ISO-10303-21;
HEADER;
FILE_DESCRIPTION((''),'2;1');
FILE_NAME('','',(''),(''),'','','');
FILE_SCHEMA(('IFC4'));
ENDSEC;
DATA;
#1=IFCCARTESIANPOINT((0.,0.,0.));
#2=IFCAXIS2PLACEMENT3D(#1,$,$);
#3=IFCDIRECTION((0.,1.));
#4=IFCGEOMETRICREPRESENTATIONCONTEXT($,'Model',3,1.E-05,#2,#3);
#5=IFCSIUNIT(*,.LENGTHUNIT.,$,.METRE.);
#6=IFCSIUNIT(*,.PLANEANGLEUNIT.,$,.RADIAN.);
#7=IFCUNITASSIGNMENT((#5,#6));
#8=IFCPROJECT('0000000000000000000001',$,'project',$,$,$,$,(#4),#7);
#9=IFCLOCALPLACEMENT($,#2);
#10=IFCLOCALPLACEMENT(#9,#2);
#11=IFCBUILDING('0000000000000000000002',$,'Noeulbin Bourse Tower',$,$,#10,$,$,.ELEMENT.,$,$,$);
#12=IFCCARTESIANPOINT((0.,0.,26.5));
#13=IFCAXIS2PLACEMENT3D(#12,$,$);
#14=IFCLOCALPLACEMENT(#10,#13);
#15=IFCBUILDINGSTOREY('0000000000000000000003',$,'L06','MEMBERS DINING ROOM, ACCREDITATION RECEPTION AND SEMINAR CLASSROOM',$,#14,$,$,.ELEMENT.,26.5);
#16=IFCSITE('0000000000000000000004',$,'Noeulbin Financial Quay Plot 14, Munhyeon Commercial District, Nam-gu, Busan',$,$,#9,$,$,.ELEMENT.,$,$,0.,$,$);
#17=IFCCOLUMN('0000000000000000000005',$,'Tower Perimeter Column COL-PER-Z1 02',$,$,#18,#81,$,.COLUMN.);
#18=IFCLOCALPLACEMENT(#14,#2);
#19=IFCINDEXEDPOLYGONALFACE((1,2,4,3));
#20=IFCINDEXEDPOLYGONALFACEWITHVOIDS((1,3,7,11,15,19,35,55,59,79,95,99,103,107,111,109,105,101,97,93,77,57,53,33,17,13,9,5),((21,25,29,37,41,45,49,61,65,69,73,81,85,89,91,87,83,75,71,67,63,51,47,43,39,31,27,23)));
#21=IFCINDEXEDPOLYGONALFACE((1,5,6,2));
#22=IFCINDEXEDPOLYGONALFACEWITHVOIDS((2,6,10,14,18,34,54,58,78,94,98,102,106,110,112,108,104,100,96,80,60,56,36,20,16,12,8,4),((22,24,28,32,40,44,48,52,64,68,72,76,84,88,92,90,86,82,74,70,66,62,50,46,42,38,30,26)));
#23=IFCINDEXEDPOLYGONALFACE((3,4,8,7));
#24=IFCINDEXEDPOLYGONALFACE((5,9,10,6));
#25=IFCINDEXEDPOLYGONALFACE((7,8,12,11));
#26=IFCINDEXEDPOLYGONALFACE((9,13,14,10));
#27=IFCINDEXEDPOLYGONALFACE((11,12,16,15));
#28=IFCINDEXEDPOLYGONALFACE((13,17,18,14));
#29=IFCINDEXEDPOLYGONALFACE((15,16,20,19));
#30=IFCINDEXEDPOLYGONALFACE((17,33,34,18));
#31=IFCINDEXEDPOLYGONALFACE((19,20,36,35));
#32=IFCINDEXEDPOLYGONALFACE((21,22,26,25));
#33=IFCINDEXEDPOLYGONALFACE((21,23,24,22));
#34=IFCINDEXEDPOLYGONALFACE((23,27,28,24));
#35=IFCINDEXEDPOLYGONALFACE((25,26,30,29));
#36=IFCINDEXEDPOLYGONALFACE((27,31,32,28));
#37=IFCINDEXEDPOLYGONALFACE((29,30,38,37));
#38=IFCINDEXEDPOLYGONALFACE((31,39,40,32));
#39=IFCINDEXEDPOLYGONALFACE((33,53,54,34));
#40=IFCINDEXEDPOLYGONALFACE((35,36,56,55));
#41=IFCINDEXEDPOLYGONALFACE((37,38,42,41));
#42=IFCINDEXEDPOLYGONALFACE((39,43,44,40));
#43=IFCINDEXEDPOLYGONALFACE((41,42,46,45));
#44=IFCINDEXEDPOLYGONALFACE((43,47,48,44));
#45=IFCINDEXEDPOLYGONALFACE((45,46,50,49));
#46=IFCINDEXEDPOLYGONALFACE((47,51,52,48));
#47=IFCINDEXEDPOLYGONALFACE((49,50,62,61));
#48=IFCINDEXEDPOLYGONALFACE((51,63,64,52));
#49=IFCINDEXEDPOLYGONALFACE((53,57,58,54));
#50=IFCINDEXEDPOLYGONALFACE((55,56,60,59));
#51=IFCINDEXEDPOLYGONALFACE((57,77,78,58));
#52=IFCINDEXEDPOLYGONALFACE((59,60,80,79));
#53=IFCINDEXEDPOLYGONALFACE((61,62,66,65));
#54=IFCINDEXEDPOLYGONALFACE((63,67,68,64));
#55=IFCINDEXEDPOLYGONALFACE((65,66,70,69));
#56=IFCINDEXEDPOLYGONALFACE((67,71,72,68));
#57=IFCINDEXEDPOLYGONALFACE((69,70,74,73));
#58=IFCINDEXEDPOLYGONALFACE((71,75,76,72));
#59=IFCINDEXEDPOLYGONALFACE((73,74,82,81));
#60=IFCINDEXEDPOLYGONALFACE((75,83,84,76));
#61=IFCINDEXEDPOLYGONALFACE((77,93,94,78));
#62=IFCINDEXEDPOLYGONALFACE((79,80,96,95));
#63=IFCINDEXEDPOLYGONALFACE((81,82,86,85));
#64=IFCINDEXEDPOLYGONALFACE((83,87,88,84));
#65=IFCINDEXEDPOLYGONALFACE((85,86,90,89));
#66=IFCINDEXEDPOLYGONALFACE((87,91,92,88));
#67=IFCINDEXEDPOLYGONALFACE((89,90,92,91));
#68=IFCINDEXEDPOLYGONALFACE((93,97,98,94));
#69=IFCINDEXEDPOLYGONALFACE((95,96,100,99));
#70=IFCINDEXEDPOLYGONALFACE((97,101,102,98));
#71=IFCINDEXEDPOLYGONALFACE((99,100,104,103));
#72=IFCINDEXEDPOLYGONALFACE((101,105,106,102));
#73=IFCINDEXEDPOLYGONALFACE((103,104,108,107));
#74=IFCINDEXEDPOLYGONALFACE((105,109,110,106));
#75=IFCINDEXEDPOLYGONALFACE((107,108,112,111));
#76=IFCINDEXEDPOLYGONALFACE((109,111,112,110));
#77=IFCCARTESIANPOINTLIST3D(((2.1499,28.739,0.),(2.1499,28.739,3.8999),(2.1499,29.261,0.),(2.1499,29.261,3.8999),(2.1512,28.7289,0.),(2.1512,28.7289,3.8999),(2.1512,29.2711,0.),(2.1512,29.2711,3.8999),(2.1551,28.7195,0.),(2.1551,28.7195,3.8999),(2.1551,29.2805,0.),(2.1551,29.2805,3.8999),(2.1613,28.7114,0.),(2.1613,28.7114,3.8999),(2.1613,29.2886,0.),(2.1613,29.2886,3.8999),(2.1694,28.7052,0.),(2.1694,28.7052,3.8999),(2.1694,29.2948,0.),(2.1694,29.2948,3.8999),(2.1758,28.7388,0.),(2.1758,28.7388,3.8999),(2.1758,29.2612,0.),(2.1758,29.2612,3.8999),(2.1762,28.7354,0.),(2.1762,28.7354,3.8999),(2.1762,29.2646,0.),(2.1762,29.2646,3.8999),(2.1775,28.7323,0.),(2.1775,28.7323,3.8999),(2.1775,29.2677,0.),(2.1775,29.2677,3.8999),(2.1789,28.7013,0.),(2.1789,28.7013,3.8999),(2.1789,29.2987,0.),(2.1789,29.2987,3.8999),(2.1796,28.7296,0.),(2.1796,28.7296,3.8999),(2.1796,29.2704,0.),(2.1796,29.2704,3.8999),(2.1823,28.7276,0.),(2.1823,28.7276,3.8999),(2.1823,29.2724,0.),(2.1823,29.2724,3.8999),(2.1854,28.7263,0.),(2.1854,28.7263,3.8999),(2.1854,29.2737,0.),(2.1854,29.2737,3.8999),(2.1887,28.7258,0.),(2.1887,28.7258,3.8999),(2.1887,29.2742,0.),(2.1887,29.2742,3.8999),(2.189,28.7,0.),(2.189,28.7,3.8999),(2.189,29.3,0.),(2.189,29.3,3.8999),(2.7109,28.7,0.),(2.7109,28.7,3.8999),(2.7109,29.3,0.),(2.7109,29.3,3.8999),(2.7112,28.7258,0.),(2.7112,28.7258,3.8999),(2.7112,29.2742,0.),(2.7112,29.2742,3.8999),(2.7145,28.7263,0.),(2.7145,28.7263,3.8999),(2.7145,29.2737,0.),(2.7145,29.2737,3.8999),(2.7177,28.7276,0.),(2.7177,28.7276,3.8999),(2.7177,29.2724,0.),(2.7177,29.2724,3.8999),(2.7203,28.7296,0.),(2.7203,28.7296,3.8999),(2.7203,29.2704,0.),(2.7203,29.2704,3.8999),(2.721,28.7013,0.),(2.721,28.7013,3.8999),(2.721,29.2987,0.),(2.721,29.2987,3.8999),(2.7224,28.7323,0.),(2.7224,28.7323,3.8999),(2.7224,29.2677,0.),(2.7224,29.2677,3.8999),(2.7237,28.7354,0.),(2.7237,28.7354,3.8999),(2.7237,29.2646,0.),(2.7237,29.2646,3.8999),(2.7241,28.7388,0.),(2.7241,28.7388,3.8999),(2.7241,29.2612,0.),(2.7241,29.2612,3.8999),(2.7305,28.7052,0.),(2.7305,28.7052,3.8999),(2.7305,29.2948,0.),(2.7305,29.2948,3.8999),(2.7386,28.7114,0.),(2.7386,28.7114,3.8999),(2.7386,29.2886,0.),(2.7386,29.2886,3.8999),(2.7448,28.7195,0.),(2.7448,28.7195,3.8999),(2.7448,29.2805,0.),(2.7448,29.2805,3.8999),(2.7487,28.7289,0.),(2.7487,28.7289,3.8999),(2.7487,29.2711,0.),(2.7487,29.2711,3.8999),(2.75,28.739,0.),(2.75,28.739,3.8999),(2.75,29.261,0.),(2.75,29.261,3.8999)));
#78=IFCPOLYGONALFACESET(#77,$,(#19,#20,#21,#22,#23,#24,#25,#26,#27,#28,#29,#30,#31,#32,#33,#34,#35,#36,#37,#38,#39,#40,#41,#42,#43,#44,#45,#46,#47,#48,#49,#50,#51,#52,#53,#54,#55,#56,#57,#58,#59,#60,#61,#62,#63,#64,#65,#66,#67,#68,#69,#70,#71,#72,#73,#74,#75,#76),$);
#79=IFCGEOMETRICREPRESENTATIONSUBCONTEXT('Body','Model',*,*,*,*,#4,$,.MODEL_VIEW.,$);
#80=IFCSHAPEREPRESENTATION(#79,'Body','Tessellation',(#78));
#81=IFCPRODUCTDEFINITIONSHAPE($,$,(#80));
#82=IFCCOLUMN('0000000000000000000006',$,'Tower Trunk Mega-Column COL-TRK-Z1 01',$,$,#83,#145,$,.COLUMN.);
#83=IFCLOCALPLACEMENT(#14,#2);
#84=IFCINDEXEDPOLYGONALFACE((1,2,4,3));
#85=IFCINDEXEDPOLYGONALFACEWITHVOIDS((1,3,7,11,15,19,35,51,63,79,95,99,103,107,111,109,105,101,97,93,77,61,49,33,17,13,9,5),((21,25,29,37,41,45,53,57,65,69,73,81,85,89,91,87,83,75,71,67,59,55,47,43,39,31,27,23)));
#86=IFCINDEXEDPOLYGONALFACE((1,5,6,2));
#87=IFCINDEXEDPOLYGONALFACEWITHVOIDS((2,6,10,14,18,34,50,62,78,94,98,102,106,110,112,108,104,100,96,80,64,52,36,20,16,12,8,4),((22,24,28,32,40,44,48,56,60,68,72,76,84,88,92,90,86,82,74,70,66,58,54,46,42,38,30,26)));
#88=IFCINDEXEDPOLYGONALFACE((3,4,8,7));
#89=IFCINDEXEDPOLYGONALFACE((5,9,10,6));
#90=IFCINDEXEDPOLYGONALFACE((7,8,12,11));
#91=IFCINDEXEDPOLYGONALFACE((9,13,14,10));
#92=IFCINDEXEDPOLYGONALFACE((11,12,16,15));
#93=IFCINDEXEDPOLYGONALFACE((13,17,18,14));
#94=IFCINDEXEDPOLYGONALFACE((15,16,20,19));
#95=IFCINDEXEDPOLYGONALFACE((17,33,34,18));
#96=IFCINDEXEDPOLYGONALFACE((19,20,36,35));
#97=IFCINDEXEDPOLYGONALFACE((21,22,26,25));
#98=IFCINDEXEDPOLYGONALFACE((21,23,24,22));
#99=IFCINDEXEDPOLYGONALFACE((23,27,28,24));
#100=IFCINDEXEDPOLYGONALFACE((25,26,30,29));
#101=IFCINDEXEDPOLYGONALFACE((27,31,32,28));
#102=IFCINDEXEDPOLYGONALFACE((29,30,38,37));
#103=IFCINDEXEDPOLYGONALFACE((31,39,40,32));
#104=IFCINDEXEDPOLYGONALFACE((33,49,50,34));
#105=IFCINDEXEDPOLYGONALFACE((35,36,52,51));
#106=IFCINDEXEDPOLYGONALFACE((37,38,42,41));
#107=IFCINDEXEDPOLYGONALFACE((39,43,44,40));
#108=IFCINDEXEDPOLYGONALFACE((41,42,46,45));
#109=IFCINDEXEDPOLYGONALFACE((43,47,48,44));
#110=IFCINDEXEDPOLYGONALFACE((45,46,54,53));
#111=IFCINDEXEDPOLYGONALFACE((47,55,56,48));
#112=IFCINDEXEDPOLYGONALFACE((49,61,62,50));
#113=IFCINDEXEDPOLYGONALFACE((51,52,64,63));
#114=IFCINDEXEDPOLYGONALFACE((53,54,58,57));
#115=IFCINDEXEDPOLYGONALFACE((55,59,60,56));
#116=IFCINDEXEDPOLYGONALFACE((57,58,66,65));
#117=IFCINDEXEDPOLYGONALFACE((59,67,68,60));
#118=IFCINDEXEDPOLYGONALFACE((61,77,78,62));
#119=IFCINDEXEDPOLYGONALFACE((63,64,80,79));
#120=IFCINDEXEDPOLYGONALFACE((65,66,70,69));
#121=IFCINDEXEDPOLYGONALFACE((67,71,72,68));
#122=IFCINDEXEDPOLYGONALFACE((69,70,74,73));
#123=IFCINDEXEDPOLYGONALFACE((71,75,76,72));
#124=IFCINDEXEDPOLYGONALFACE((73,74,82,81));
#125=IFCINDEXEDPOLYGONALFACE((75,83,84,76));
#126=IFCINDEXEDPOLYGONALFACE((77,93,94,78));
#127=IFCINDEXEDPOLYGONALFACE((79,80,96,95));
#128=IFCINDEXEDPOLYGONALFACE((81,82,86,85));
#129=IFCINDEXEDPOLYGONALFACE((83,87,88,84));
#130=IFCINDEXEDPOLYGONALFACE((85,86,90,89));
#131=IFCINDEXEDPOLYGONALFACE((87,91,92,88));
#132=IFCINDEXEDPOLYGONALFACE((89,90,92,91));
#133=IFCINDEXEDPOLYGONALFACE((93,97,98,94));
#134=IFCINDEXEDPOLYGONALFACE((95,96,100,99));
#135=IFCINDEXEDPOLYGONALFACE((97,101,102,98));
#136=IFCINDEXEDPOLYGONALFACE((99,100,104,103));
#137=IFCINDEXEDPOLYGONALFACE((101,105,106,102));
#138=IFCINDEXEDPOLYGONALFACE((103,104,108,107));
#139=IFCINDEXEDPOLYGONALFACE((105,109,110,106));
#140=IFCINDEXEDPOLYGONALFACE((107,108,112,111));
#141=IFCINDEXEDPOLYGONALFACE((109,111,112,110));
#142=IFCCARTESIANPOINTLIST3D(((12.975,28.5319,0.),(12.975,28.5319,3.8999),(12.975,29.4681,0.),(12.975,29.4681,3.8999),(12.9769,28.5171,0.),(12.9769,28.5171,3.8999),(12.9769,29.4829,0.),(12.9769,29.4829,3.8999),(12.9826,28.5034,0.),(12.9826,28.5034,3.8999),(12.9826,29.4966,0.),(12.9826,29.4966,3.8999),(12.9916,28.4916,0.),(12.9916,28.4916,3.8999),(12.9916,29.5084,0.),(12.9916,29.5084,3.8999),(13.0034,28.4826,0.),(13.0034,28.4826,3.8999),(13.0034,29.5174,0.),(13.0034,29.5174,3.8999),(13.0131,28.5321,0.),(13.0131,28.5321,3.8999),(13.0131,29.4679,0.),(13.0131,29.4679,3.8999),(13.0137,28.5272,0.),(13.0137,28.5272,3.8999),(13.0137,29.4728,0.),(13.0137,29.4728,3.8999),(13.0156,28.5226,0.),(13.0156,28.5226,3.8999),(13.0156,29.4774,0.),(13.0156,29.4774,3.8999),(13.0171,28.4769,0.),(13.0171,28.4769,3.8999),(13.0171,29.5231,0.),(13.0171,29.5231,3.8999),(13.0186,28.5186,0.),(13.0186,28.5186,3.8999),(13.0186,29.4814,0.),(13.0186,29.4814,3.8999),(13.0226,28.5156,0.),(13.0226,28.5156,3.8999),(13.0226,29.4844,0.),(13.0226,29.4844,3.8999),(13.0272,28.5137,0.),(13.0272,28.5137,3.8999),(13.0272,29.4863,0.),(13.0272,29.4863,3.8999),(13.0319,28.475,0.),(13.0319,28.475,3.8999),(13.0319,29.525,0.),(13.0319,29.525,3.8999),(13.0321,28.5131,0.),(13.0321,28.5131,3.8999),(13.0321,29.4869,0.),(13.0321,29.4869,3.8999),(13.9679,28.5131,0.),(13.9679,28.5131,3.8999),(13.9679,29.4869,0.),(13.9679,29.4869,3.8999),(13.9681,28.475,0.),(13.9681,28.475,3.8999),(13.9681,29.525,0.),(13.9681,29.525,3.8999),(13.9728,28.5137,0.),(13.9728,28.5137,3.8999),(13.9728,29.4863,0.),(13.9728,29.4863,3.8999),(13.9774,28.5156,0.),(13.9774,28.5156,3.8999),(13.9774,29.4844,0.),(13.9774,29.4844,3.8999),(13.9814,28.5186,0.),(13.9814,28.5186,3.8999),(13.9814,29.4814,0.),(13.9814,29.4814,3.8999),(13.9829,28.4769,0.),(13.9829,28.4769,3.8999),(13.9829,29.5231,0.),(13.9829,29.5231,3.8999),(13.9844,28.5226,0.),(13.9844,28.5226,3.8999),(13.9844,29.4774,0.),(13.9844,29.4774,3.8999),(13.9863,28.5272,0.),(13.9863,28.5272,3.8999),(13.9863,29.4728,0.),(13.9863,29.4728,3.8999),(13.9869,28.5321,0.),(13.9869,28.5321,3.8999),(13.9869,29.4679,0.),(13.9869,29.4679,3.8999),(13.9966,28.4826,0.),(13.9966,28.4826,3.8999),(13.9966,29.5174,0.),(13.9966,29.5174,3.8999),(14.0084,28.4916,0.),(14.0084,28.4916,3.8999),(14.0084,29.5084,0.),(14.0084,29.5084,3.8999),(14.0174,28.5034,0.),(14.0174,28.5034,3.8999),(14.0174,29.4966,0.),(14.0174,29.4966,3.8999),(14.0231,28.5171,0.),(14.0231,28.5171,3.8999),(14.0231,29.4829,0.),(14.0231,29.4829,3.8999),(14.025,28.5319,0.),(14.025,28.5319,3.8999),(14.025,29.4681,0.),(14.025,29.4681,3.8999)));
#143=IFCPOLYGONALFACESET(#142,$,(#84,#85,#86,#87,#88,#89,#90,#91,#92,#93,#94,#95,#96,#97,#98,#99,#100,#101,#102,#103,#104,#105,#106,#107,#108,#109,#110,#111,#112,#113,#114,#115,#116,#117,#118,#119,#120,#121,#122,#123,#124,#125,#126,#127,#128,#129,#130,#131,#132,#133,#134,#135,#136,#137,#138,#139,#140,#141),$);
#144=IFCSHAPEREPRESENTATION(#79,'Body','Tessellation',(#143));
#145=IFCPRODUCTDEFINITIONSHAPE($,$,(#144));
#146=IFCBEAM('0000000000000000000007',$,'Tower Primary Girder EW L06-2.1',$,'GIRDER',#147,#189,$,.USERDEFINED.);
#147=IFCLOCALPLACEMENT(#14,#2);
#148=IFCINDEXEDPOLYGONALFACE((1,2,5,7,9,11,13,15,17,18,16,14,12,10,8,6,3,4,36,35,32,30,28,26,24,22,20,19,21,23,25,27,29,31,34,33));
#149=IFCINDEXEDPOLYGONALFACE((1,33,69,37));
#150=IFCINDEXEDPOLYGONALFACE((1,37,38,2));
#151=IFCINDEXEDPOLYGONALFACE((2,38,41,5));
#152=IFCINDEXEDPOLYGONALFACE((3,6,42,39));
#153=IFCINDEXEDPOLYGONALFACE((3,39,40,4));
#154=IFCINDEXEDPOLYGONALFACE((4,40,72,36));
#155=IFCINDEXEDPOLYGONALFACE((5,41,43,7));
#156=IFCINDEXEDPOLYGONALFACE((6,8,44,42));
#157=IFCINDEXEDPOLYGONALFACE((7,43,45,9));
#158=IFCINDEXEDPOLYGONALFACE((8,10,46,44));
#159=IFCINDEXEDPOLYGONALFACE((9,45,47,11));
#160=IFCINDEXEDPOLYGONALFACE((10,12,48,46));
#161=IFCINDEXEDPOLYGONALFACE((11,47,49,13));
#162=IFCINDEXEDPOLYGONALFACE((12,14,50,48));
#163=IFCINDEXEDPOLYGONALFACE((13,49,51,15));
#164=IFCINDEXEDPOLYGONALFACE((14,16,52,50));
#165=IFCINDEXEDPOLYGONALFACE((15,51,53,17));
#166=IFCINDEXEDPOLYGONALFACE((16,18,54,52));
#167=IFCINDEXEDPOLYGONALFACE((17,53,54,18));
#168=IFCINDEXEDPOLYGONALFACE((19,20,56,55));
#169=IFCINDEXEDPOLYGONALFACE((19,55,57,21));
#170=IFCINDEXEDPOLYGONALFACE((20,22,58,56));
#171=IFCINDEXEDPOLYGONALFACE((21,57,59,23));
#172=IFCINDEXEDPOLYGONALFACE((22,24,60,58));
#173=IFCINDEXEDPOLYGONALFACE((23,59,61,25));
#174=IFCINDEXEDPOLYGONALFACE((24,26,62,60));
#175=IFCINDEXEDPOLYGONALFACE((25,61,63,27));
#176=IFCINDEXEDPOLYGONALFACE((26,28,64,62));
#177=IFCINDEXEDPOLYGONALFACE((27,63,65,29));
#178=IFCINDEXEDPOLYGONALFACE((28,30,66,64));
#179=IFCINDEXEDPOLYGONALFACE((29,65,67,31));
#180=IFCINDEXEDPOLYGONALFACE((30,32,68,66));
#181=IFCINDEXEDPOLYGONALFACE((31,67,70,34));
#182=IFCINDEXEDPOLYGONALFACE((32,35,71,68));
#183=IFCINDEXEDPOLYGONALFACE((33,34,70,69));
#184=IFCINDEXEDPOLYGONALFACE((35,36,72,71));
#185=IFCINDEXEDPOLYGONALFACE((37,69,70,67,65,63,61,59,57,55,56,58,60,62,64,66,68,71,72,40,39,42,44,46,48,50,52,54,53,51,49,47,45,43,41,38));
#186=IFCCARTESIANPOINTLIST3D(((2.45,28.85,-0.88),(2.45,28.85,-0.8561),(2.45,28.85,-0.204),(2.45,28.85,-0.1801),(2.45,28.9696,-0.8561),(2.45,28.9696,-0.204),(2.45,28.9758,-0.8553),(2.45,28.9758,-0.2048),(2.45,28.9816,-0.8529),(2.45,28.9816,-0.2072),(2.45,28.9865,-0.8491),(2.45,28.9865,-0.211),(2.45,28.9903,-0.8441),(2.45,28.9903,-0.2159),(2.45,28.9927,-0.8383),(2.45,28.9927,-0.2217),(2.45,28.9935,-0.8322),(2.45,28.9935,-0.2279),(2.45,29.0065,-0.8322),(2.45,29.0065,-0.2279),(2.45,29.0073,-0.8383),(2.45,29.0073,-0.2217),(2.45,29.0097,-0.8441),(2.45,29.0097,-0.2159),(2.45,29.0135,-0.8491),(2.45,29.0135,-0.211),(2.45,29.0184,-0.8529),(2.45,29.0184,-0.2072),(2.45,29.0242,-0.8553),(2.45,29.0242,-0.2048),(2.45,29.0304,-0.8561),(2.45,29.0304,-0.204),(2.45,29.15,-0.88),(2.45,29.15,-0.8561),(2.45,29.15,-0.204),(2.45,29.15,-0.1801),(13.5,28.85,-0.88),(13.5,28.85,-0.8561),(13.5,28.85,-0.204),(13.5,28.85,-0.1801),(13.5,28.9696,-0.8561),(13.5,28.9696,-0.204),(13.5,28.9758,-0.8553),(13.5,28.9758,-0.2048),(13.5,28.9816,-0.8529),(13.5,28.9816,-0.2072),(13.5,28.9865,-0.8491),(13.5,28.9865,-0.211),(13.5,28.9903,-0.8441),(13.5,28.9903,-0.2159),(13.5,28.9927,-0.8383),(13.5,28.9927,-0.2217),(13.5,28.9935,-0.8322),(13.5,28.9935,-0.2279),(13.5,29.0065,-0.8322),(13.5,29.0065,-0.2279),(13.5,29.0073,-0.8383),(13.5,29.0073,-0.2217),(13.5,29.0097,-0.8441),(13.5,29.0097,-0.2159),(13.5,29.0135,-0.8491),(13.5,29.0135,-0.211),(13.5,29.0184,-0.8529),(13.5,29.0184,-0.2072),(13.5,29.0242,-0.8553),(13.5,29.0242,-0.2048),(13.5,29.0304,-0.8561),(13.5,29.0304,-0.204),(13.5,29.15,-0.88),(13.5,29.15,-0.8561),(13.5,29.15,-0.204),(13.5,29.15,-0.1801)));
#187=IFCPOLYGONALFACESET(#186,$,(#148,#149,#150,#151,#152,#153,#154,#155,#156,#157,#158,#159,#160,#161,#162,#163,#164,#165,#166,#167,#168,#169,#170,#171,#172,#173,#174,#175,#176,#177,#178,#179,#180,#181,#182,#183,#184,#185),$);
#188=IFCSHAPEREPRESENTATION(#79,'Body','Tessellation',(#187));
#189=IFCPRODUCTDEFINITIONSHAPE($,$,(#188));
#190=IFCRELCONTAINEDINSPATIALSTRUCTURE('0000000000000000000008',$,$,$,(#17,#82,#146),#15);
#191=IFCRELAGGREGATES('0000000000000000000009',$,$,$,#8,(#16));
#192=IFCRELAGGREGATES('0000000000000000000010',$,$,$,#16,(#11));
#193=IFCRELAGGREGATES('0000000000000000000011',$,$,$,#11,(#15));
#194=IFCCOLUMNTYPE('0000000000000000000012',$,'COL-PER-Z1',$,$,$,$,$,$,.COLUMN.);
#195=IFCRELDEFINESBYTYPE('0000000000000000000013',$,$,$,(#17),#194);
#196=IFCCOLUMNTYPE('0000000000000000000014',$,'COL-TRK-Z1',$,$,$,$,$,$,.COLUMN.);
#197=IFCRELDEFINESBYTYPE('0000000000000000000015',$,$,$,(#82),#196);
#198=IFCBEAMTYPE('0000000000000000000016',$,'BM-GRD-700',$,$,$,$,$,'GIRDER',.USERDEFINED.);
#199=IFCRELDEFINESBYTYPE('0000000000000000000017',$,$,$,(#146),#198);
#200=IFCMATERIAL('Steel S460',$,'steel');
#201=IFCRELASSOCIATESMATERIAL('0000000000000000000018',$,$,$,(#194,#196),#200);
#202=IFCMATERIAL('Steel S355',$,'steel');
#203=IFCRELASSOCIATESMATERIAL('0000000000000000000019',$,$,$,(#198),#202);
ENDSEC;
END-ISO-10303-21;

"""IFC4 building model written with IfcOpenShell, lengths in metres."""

from ifc_helpers import new_model, si_unit, direction, frame, origin, origin_2d, place, context, subcontext, project, spatial, hollow_rectangle, i_section, extrude, material, material_profile, profile_set, type_object, element, save


model = new_model("IFC4")

# Units and contexts
model_context = context("Model", 3, precision=1e-05, world=origin(), true_north=direction((0.0, 1.0)))
body_context = subcontext(model_context, "Body", "Model", "MODEL_VIEW")
ifc_project = project(units=[si_unit("LENGTHUNIT", "METRE"), si_unit("PLANEANGLEUNIT", "RADIAN")], contexts=[model_context])

# Site, building, storey
site_placement = place(None, origin())
site = spatial("IfcSite", under=ifc_project, at=site_placement, Name="Noeulbin Financial Quay Plot 14, Munhyeon Commercial District, Nam-gu, Busan", CompositionType="ELEMENT", RefElevation=0.0)
building_placement = place(site_placement, origin())
building = spatial("IfcBuilding", under=site, at=building_placement, Name="Noeulbin Bourse Tower", CompositionType="ELEMENT")
storey_placement = place(building_placement, frame((0.0, 0.0, 26.5)))
storey = spatial("IfcBuildingStorey", under=building, at=storey_placement, Name="L06", Description="MEMBERS DINING ROOM, ACCREDITATION RECEPTION AND SEMINAR CLASSROOM", CompositionType="ELEMENT", Elevation=26.5)

# Columns
ifc_material_1 = material(Name="Steel S460", Category="steel")
ifc_material_profile_1 = material_profile(ifc_material_1, hollow_rectangle(XDim=0.6001, YDim=0.6001, WallThickness=0.0259, InnerFilletRadius=0.0129, OuterFilletRadius=0.0391, at=origin_2d()), Name="BOX-600x600x26", Category="LoadBearing")
ifc_profile_set_1 = profile_set([ifc_material_profile_1], Name="Steel S460")
column_type_1 = type_object("IfcColumnType", Name="COL-PER-Z1", PredefinedType="COLUMN", material=ifc_profile_set_1)
column_1_placement = place(storey_placement, frame((2.45, 29.0, 0.0), z_axis=(0.0, 0.0, 1.0), x_axis=(1.0, 0.0, 0.0)))
element("IfcColumn", 1, at=column_1_placement, inside=storey, type_object=column_type_1, Name="Tower Perimeter Column COL-PER-Z1 02", PredefinedType="COLUMN", context=body_context, shape_type="SweptSolid", body=[
    extrude(hollow_rectangle(XDim=0.6001, YDim=0.6001, WallThickness=0.0259, InnerFilletRadius=0.0129, OuterFilletRadius=0.0391, at=origin_2d()), origin(), (0.0, 0.0, 1.0), 3.8999),
])
ifc_material_profile_2 = material_profile(ifc_material_1, hollow_rectangle(XDim=1.05, YDim=1.05, WallThickness=0.0381, InnerFilletRadius=0.019, OuterFilletRadius=0.0569, at=origin_2d()), Name="BOX-1050x1050x38", Category="LoadBearing")
ifc_profile_set_2 = profile_set([ifc_material_profile_2], Name="Steel S460")
column_type_2 = type_object("IfcColumnType", Name="COL-TRK-Z1", PredefinedType="COLUMN", material=ifc_profile_set_2)
column_2_placement = place(storey_placement, frame((13.5, 29.0, 0.0), z_axis=(0.0, 0.0, 1.0), x_axis=(1.0, 0.0, 0.0)))
element("IfcColumn", 2, at=column_2_placement, inside=storey, type_object=column_type_2, Name="Tower Trunk Mega-Column COL-TRK-Z1 01", PredefinedType="COLUMN", context=body_context, shape_type="SweptSolid", body=[
    extrude(hollow_rectangle(XDim=1.05, YDim=1.05, WallThickness=0.0381, InnerFilletRadius=0.019, OuterFilletRadius=0.0569, at=origin_2d()), origin(), (0.0, 0.0, 1.0), 3.8999),
])

# Beam
ifc_material_2 = material(Name="Steel S355", Category="steel")
ifc_material_profile_3 = material_profile(ifc_material_2, i_section(OverallWidth=0.3, OverallDepth=0.7, WebThickness=0.0129, FlangeThickness=0.0239, FilletRadius=0.0239, at=origin_2d()), Name="H-700x300x13x24", Category="LoadBearing")
ifc_profile_set_3 = profile_set([ifc_material_profile_3], Name="Steel S355")
beam_type_1 = type_object("IfcBeamType", Name="BM-GRD-700", ElementType="GIRDER", PredefinedType="USERDEFINED", material=ifc_profile_set_3)
beam_1_placement = place(storey_placement, frame((2.45, 29.0, -0.53), z_axis=(1.0, 0.0, 0.0), x_axis=(0.0, 1.0, 0.0)))
element("IfcBeam", 3, at=beam_1_placement, inside=storey, type_object=beam_type_1, Name="Tower Primary Girder EW L06-2.1", ObjectType="GIRDER", PredefinedType="USERDEFINED", context=body_context, shape_type="SweptSolid", body=[
    extrude(i_section(OverallWidth=0.3, OverallDepth=0.7, WebThickness=0.0129, FlangeThickness=0.0239, FilletRadius=0.0239, at=origin_2d()), origin(), (0.0, 0.0, 1.0), 11.05),
])

save(model, "model.ifc")
